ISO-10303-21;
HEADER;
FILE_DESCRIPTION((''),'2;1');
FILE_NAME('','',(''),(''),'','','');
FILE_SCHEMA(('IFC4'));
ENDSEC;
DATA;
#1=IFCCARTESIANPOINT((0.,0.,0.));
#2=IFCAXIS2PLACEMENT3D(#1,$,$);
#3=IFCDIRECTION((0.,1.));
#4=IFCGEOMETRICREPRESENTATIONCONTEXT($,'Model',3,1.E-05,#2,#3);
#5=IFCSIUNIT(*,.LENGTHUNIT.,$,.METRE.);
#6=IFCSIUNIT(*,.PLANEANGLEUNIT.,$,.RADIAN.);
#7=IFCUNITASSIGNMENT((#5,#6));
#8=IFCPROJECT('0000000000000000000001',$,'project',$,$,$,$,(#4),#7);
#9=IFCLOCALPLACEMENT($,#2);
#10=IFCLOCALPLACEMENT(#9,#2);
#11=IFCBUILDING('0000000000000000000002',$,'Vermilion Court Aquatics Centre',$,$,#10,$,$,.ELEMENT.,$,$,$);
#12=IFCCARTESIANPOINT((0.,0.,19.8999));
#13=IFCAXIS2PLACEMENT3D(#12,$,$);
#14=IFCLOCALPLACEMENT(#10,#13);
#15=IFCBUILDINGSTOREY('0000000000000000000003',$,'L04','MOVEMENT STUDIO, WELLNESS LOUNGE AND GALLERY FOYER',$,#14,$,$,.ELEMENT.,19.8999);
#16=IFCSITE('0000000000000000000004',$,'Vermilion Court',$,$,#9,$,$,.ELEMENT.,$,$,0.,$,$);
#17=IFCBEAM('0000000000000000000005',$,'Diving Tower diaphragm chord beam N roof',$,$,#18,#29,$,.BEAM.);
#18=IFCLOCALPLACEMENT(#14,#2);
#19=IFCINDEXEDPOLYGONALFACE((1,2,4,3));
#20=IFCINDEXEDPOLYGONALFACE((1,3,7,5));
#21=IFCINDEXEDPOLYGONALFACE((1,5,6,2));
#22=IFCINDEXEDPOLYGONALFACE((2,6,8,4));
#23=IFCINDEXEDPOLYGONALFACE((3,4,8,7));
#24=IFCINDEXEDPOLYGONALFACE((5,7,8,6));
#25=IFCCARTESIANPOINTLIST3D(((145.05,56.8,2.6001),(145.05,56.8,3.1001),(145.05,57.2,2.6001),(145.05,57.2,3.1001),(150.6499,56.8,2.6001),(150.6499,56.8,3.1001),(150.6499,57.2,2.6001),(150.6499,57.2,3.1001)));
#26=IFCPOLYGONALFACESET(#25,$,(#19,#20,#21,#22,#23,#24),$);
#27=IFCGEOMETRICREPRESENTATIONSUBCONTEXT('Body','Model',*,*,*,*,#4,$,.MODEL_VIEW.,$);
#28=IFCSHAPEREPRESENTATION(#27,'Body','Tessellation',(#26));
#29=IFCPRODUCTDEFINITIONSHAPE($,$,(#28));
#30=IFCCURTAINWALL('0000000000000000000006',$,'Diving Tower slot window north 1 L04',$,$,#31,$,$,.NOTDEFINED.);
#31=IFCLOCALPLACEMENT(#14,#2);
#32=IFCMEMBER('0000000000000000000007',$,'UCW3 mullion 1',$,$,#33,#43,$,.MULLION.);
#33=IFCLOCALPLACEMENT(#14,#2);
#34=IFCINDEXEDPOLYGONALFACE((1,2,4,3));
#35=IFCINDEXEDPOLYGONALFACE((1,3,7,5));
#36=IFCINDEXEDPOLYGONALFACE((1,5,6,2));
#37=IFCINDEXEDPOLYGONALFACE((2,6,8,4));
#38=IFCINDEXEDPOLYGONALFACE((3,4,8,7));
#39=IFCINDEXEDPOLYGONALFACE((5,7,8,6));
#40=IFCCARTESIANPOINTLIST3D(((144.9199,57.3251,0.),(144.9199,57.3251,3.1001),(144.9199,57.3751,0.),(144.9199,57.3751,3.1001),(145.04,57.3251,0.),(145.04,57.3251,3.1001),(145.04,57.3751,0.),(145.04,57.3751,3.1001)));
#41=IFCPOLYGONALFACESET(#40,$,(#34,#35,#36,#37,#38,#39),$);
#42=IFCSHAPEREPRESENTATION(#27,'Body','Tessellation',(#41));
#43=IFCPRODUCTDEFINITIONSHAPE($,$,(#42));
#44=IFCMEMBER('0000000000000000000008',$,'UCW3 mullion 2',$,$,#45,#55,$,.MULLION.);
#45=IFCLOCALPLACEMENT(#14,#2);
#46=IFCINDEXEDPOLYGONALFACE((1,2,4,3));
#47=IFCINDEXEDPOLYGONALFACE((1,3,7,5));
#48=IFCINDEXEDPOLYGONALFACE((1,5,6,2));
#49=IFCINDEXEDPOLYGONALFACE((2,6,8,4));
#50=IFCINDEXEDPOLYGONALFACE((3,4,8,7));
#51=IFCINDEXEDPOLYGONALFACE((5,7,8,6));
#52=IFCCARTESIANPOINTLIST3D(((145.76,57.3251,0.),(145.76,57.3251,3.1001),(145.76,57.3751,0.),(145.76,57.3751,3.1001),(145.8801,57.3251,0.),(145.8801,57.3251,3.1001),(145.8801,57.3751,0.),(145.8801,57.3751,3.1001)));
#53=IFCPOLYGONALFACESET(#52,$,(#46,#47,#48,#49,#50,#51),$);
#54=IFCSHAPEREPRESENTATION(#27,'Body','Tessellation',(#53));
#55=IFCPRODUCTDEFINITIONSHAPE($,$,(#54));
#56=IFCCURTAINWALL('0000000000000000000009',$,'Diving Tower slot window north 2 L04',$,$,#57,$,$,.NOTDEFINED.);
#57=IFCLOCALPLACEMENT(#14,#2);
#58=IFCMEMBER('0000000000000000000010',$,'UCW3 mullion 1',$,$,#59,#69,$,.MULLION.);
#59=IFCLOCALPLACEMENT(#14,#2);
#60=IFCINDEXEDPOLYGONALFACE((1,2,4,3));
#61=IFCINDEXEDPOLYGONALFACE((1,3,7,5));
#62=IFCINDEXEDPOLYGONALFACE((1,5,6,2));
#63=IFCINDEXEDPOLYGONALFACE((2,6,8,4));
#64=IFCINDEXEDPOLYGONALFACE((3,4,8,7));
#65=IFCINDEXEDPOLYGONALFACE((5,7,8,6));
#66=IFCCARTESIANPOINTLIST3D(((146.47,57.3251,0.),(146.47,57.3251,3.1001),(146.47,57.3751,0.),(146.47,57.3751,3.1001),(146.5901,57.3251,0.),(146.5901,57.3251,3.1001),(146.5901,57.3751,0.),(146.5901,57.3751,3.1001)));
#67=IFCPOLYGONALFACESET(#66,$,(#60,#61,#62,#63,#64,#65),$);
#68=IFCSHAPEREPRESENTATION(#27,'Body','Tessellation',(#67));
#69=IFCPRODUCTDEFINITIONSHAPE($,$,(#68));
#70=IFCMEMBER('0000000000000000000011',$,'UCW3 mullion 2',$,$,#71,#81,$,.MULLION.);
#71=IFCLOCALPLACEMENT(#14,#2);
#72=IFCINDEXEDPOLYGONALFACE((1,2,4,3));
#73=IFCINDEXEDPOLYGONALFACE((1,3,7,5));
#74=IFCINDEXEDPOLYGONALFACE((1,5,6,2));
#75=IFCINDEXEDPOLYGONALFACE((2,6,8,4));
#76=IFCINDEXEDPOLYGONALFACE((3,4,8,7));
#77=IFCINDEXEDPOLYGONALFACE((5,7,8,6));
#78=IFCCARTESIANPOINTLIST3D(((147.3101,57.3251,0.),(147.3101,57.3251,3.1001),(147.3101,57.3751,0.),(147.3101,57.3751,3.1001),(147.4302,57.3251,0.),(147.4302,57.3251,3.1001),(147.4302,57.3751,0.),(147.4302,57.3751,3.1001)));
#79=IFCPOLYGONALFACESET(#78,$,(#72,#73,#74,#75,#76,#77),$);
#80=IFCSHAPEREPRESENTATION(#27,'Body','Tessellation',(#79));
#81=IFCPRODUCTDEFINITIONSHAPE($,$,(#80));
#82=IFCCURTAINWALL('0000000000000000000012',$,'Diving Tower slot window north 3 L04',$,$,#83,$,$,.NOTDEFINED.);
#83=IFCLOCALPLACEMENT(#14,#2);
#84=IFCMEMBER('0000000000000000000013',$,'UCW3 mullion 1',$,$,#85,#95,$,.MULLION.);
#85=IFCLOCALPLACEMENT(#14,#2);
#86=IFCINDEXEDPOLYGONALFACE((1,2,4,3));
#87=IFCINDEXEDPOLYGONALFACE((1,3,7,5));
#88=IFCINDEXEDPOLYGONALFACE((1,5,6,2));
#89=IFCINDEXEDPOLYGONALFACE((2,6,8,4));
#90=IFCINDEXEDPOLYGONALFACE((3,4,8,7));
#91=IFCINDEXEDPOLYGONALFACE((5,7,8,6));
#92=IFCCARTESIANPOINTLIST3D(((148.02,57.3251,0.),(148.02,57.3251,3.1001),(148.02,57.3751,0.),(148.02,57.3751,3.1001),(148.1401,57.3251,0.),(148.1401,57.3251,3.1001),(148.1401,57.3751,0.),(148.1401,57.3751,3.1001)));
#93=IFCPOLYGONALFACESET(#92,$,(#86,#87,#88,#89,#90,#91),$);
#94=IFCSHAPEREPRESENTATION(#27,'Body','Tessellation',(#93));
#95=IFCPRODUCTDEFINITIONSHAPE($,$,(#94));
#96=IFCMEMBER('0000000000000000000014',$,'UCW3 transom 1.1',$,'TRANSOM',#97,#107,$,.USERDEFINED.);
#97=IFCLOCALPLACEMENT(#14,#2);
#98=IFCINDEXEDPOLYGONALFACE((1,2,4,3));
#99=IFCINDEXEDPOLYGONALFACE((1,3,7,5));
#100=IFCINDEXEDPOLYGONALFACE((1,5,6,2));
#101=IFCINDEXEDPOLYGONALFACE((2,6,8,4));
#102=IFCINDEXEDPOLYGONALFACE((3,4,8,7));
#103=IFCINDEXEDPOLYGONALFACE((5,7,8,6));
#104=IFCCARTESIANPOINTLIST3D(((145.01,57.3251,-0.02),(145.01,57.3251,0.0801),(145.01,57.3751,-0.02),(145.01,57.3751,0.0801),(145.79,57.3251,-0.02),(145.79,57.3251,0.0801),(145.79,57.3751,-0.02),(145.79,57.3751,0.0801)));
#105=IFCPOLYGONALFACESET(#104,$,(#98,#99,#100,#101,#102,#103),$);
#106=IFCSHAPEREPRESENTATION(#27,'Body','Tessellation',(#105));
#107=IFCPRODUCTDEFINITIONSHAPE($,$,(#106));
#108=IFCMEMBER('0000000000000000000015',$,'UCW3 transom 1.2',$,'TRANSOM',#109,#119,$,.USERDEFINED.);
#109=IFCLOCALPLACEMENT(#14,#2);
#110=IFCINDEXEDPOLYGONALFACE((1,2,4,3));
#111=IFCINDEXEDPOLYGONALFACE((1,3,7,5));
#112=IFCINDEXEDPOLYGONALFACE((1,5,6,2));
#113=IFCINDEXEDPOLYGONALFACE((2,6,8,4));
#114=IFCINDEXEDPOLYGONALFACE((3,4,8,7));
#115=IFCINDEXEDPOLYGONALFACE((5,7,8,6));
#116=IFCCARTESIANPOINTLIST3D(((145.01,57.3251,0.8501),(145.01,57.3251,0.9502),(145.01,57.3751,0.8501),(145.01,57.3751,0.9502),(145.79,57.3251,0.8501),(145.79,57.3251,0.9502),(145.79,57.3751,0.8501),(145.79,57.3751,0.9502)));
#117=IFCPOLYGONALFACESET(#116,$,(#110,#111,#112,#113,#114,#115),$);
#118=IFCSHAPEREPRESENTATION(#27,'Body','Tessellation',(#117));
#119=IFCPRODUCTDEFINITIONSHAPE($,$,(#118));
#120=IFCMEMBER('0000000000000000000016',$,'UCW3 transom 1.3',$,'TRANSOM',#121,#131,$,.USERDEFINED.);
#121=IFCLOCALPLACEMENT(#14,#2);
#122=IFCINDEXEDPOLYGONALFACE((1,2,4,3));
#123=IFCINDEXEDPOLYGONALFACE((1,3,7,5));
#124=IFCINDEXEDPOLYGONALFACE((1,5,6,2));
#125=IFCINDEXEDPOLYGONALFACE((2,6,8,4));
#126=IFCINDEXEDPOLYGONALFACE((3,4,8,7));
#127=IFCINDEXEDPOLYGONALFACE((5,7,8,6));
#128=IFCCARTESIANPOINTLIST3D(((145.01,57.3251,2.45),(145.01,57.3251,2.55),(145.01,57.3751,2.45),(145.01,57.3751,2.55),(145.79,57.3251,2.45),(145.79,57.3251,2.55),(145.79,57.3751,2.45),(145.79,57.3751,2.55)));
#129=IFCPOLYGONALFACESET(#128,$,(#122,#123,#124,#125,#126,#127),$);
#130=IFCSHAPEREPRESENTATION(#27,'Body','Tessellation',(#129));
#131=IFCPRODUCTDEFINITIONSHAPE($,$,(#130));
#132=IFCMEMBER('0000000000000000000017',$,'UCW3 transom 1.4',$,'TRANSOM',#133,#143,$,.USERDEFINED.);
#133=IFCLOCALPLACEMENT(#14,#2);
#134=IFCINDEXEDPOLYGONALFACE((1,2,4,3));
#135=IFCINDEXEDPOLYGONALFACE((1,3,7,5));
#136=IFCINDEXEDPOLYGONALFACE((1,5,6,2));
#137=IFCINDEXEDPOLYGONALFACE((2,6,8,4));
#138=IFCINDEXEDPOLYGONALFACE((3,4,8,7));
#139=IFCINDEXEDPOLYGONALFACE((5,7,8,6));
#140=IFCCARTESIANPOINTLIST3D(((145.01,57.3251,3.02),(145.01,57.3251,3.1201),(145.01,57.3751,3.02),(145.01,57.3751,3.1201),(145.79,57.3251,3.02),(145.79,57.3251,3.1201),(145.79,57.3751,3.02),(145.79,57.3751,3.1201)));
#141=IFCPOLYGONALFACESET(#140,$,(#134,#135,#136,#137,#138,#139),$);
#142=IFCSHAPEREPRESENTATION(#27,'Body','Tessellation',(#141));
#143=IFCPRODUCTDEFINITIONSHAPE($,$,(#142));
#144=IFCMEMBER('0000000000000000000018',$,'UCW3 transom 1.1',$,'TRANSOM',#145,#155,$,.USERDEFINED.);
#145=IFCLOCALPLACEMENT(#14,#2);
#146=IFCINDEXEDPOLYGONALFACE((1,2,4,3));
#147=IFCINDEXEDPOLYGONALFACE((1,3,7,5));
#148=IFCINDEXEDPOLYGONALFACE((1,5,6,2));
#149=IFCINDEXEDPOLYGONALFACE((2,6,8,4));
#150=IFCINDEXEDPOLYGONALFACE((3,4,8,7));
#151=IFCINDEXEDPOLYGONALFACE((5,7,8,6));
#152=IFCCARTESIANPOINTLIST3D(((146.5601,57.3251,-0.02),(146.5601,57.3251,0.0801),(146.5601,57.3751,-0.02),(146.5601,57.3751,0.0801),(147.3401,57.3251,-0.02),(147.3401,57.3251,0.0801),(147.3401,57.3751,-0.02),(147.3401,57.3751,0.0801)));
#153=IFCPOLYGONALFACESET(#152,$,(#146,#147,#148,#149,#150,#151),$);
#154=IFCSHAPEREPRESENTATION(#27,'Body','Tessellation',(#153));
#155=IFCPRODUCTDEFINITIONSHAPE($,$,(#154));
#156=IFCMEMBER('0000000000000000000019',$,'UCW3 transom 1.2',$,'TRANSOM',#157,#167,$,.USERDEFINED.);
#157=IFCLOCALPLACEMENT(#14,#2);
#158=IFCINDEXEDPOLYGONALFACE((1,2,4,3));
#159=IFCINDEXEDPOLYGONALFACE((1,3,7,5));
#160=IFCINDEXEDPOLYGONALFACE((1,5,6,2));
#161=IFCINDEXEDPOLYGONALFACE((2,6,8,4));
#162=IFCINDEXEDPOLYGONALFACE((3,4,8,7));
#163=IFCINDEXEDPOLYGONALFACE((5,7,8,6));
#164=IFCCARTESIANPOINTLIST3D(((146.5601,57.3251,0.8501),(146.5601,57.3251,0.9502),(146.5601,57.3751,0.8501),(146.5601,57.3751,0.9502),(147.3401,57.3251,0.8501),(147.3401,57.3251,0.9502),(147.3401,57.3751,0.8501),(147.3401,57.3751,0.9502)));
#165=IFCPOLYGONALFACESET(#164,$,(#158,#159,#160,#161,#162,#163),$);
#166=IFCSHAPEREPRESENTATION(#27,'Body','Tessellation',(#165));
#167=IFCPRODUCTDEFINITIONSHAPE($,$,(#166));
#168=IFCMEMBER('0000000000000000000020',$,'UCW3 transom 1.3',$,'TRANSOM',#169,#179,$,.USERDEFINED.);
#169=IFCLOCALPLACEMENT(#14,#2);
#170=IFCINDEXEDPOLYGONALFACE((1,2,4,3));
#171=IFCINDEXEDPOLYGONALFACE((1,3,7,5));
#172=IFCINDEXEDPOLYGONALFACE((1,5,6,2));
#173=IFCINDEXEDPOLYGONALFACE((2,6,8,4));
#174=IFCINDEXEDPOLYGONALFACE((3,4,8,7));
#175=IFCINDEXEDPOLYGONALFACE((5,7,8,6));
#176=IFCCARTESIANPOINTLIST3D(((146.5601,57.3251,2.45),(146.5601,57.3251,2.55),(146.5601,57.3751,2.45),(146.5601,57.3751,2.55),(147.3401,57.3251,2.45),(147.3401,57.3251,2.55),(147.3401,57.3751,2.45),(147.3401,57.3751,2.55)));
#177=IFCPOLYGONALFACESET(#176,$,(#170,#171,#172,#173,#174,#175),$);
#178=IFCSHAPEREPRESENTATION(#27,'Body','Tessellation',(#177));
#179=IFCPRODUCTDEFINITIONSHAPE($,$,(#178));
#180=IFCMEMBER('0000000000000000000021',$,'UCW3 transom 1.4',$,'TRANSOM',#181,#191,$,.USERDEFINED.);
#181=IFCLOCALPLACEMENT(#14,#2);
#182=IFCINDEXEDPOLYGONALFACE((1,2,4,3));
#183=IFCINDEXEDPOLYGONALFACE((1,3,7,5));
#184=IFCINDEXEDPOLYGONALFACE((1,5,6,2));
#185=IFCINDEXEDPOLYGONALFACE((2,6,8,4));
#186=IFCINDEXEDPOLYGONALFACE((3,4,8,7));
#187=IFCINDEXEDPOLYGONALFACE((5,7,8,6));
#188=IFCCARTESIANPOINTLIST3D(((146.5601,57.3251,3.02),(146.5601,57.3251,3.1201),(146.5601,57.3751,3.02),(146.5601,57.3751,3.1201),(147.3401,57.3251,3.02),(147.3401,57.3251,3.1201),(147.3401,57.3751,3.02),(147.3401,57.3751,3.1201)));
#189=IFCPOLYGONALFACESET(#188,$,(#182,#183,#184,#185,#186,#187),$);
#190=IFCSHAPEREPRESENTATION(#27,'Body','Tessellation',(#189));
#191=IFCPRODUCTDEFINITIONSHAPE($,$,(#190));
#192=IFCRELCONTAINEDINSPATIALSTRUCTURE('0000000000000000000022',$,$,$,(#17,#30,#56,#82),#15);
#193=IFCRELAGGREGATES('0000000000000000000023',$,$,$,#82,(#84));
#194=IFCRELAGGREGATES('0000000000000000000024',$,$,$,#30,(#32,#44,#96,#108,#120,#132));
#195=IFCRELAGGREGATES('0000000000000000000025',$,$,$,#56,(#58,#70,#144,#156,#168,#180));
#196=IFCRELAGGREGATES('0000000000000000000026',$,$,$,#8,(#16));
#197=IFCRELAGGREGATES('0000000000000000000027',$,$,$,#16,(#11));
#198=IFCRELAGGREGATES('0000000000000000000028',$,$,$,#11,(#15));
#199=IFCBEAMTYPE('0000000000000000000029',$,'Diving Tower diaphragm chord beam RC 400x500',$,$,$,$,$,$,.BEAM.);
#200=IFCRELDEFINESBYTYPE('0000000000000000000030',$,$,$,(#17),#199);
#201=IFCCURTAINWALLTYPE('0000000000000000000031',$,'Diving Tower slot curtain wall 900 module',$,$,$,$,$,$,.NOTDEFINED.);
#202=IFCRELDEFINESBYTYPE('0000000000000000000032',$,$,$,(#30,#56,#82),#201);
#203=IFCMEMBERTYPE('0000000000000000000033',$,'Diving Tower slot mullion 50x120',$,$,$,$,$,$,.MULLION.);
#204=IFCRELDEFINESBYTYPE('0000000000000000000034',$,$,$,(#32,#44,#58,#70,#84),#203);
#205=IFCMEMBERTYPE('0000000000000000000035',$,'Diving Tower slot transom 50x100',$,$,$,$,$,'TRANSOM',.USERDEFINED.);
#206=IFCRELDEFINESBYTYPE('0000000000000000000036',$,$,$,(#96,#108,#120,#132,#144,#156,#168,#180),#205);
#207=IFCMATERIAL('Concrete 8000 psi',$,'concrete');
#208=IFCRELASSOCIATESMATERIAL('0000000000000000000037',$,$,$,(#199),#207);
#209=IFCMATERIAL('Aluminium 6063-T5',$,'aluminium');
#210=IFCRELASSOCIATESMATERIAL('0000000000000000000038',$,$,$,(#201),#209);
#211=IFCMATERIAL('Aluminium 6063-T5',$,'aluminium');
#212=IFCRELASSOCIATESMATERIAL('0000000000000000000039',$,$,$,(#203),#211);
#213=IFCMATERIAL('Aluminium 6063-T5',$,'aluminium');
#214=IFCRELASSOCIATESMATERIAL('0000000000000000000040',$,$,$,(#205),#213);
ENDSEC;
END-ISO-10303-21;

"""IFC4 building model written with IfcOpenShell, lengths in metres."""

from ifc_helpers import new_model, si_unit, direction, frame, origin, origin_2d, place, context, subcontext, project, spatial, rectangle, extrude, material, material_profile, profile_set, type_object, element, aggregate, save


model = new_model("IFC4")

# Units and contexts
model_context = context("Model", 3, precision=1e-05, world=origin(), true_north=direction((0.0, 1.0)))
body_context = subcontext(model_context, "Body", "Model", "MODEL_VIEW")
ifc_project = project(units=[si_unit("LENGTHUNIT", "METRE"), si_unit("PLANEANGLEUNIT", "RADIAN")], contexts=[model_context])

# Site, building, storey
site_placement = place(None, origin())
site = spatial("IfcSite", under=ifc_project, at=site_placement, Name="Vermilion Court", CompositionType="ELEMENT", RefElevation=0.0)
building_placement = place(site_placement, origin())
building = spatial("IfcBuilding", under=site, at=building_placement, Name="Vermilion Court Aquatics Centre", CompositionType="ELEMENT")
storey_placement = place(building_placement, frame((0.0, 0.0, 19.8999)))
storey = spatial("IfcBuildingStorey", under=building, at=storey_placement, Name="L04", Description="MOVEMENT STUDIO, WELLNESS LOUNGE AND GALLERY FOYER", CompositionType="ELEMENT", Elevation=19.8999)

# Beam
ifc_material_1 = material(Name="Concrete 8000 psi", Category="concrete")
ifc_material_profile_1 = material_profile(ifc_material_1, rectangle(XDim=0.3999, YDim=0.5, at=origin_2d()), Name="RC 400x500")
ifc_profile_set_1 = profile_set([ifc_material_profile_1], Name="Concrete 8000 psi")
beam_type = type_object("IfcBeamType", Name="Diving Tower diaphragm chord beam RC 400x500", PredefinedType="BEAM", material=ifc_profile_set_1)
beam_placement = place(storey_placement, frame((145.05, 57.0, 2.8501), z_axis=(1.0, 0.0, 0.0), x_axis=(0.0, 1.0, 0.0)))
element("IfcBeam", 1, at=beam_placement, inside=storey, type_object=beam_type, Name="Diving Tower diaphragm chord beam N roof", PredefinedType="BEAM", context=body_context, shape_type="SweptSolid", body=[
    extrude(rectangle(XDim=0.3999, YDim=0.5, at=origin_2d()), origin(), (0.0, 0.0, 1.0), 5.5999),
])

# Curtain walls, members
ifc_material_2 = material(Name="Aluminium 6063-T5", Category="aluminium")
curtain_wall_type = type_object("IfcCurtainWallType", Name="Diving Tower slot curtain wall 900 module", PredefinedType="NOTDEFINED", material=ifc_material_2)
curtain_wall_1_placement = place(storey_placement, origin())
curtain_wall_1 = element("IfcCurtainWall", 2, at=curtain_wall_1_placement, inside=storey, type_object=curtain_wall_type, Name="Diving Tower slot window north 1 L04", PredefinedType="NOTDEFINED")
ifc_material_3 = material(Name="Aluminium 6063-T5", Category="aluminium")
ifc_material_profile_2 = material_profile(ifc_material_3, rectangle(XDim=0.05, YDim=0.1201, at=origin_2d()), Name="AL 50x120")
ifc_profile_set_2 = profile_set([ifc_material_profile_2], Name="Aluminium 6063-T5")
member_type_1 = type_object("IfcMemberType", Name="Diving Tower slot mullion 50x120", PredefinedType="MULLION", material=ifc_profile_set_2)
member_1_placement = place(storey_placement, frame((144.98, 57.3501, 0.0), z_axis=(0.0, 0.0, 1.0), x_axis=(0.0, 1.0, 0.0)))
member_1 = element("IfcMember", 3, at=member_1_placement, type_object=member_type_1, Name="UCW3 mullion 1", PredefinedType="MULLION", context=body_context, shape_type="SweptSolid", body=[
    extrude(rectangle(XDim=0.05, YDim=0.1201, at=origin_2d()), origin(), (0.0, 0.0, 1.0), 3.1001),
])
member_2_placement = place(storey_placement, frame((145.8201, 57.3501, 0.0), z_axis=(0.0, 0.0, 1.0), x_axis=(0.0, 1.0, 0.0)))
member_2 = element("IfcMember", 4, at=member_2_placement, type_object=member_type_1, Name="UCW3 mullion 2", PredefinedType="MULLION", context=body_context, shape_type="SweptSolid", body=[
    extrude(rectangle(XDim=0.05, YDim=0.1201, at=origin_2d()), origin(), (0.0, 0.0, 1.0), 3.1001),
])
curtain_wall_2_placement = place(storey_placement, origin())
curtain_wall_2 = element("IfcCurtainWall", 5, at=curtain_wall_2_placement, inside=storey, type_object=curtain_wall_type, Name="Diving Tower slot window north 2 L04", PredefinedType="NOTDEFINED")
member_3_placement = place(storey_placement, frame((146.53, 57.3501, 0.0), z_axis=(0.0, 0.0, 1.0), x_axis=(0.0, 1.0, 0.0)))
member_3 = element("IfcMember", 6, at=member_3_placement, type_object=member_type_1, Name="UCW3 mullion 1", PredefinedType="MULLION", context=body_context, shape_type="SweptSolid", body=[
    extrude(rectangle(XDim=0.05, YDim=0.1201, at=origin_2d()), origin(), (0.0, 0.0, 1.0), 3.1001),
])
member_4_placement = place(storey_placement, frame((147.3701, 57.3501, 0.0), z_axis=(0.0, 0.0, 1.0), x_axis=(0.0, 1.0, 0.0)))
member_4 = element("IfcMember", 7, at=member_4_placement, type_object=member_type_1, Name="UCW3 mullion 2", PredefinedType="MULLION", context=body_context, shape_type="SweptSolid", body=[
    extrude(rectangle(XDim=0.05, YDim=0.1201, at=origin_2d()), origin(), (0.0, 0.0, 1.0), 3.1001),
])

# Curtain wall, member
curtain_wall_3_placement = place(storey_placement, origin())
curtain_wall_3 = element("IfcCurtainWall", 8, at=curtain_wall_3_placement, inside=storey, type_object=curtain_wall_type, Name="Diving Tower slot window north 3 L04", PredefinedType="NOTDEFINED")
member_5_placement = place(storey_placement, frame((148.0801, 57.3501, 0.0), z_axis=(0.0, 0.0, 1.0), x_axis=(0.0, 1.0, 0.0)))
member_5 = element("IfcMember", 9, at=member_5_placement, type_object=member_type_1, Name="UCW3 mullion 1", PredefinedType="MULLION", context=body_context, shape_type="SweptSolid", body=[
    extrude(rectangle(XDim=0.05, YDim=0.1201, at=origin_2d()), origin(), (0.0, 0.0, 1.0), 3.1001),
])

# Members
ifc_material_4 = material(Name="Aluminium 6063-T5", Category="aluminium")
ifc_material_profile_3 = material_profile(ifc_material_4, rectangle(XDim=0.05, YDim=0.1001, at=origin_2d()), Name="AL 50x100")
ifc_profile_set_3 = profile_set([ifc_material_profile_3], Name="Aluminium 6063-T5")
member_type_2 = type_object("IfcMemberType", Name="Diving Tower slot transom 50x100", ElementType="TRANSOM", PredefinedType="USERDEFINED", material=ifc_profile_set_3)
member_6_placement = place(storey_placement, frame((145.01, 57.3501, 0.03), z_axis=(1.0, 0.0, 0.0), x_axis=(0.0, 1.0, 0.0)))
member_6 = element("IfcMember", 10, at=member_6_placement, type_object=member_type_2, Name="UCW3 transom 1.1", ObjectType="TRANSOM", PredefinedType="USERDEFINED", context=body_context, shape_type="SweptSolid", body=[
    extrude(rectangle(XDim=0.05, YDim=0.1001, at=origin_2d()), origin(), (0.0, 0.0, 1.0), 0.78),
])
member_7_placement = place(storey_placement, frame((145.01, 57.3501, 0.9001), z_axis=(1.0, 0.0, 0.0), x_axis=(0.0, 1.0, 0.0)))
member_7 = element("IfcMember", 11, at=member_7_placement, type_object=member_type_2, Name="UCW3 transom 1.2", ObjectType="TRANSOM", PredefinedType="USERDEFINED", context=body_context, shape_type="SweptSolid", body=[
    extrude(rectangle(XDim=0.05, YDim=0.1001, at=origin_2d()), origin(), (0.0, 0.0, 1.0), 0.78),
])
member_8_placement = place(storey_placement, frame((145.01, 57.3501, 2.5), z_axis=(1.0, 0.0, 0.0), x_axis=(0.0, 1.0, 0.0)))
member_8 = element("IfcMember", 12, at=member_8_placement, type_object=member_type_2, Name="UCW3 transom 1.3", ObjectType="TRANSOM", PredefinedType="USERDEFINED", context=body_context, shape_type="SweptSolid", body=[
    extrude(rectangle(XDim=0.05, YDim=0.1001, at=origin_2d()), origin(), (0.0, 0.0, 1.0), 0.78),
])
member_9_placement = place(storey_placement, frame((145.01, 57.3501, 3.0701), z_axis=(1.0, 0.0, 0.0), x_axis=(0.0, 1.0, 0.0)))
member_9 = element("IfcMember", 13, at=member_9_placement, type_object=member_type_2, Name="UCW3 transom 1.4", ObjectType="TRANSOM", PredefinedType="USERDEFINED", context=body_context, shape_type="SweptSolid", body=[
    extrude(rectangle(XDim=0.05, YDim=0.1001, at=origin_2d()), origin(), (0.0, 0.0, 1.0), 0.78),
])
member_10_placement = place(storey_placement, frame((146.5601, 57.3501, 0.03), z_axis=(1.0, 0.0, 0.0), x_axis=(0.0, 1.0, 0.0)))
member_10 = element("IfcMember", 14, at=member_10_placement, type_object=member_type_2, Name="UCW3 transom 1.1", ObjectType="TRANSOM", PredefinedType="USERDEFINED", context=body_context, shape_type="SweptSolid", body=[
    extrude(rectangle(XDim=0.05, YDim=0.1001, at=origin_2d()), origin(), (0.0, 0.0, 1.0), 0.78),
])
member_11_placement = place(storey_placement, frame((146.5601, 57.3501, 0.9001), z_axis=(1.0, 0.0, 0.0), x_axis=(0.0, 1.0, 0.0)))
member_11 = element("IfcMember", 15, at=member_11_placement, type_object=member_type_2, Name="UCW3 transom 1.2", ObjectType="TRANSOM", PredefinedType="USERDEFINED", context=body_context, shape_type="SweptSolid", body=[
    extrude(rectangle(XDim=0.05, YDim=0.1001, at=origin_2d()), origin(), (0.0, 0.0, 1.0), 0.78),
])
member_12_placement = place(storey_placement, frame((146.5601, 57.3501, 2.5), z_axis=(1.0, 0.0, 0.0), x_axis=(0.0, 1.0, 0.0)))
member_12 = element("IfcMember", 16, at=member_12_placement, type_object=member_type_2, Name="UCW3 transom 1.3", ObjectType="TRANSOM", PredefinedType="USERDEFINED", context=body_context, shape_type="SweptSolid", body=[
    extrude(rectangle(XDim=0.05, YDim=0.1001, at=origin_2d()), origin(), (0.0, 0.0, 1.0), 0.78),
])
member_13_placement = place(storey_placement, frame((146.5601, 57.3501, 3.0701), z_axis=(1.0, 0.0, 0.0), x_axis=(0.0, 1.0, 0.0)))
member_13 = element("IfcMember", 17, at=member_13_placement, type_object=member_type_2, Name="UCW3 transom 1.4", ObjectType="TRANSOM", PredefinedType="USERDEFINED", context=body_context, shape_type="SweptSolid", body=[
    extrude(rectangle(XDim=0.05, YDim=0.1001, at=origin_2d()), origin(), (0.0, 0.0, 1.0), 0.78),
])
aggregate(curtain_wall_3, [member_5])

aggregate(curtain_wall_1, [member_1, member_2, member_6, member_7, member_8, member_9])
aggregate(curtain_wall_2, [member_3, member_4, member_10, member_11, member_12, member_13])

save(model, "model.ifc")
